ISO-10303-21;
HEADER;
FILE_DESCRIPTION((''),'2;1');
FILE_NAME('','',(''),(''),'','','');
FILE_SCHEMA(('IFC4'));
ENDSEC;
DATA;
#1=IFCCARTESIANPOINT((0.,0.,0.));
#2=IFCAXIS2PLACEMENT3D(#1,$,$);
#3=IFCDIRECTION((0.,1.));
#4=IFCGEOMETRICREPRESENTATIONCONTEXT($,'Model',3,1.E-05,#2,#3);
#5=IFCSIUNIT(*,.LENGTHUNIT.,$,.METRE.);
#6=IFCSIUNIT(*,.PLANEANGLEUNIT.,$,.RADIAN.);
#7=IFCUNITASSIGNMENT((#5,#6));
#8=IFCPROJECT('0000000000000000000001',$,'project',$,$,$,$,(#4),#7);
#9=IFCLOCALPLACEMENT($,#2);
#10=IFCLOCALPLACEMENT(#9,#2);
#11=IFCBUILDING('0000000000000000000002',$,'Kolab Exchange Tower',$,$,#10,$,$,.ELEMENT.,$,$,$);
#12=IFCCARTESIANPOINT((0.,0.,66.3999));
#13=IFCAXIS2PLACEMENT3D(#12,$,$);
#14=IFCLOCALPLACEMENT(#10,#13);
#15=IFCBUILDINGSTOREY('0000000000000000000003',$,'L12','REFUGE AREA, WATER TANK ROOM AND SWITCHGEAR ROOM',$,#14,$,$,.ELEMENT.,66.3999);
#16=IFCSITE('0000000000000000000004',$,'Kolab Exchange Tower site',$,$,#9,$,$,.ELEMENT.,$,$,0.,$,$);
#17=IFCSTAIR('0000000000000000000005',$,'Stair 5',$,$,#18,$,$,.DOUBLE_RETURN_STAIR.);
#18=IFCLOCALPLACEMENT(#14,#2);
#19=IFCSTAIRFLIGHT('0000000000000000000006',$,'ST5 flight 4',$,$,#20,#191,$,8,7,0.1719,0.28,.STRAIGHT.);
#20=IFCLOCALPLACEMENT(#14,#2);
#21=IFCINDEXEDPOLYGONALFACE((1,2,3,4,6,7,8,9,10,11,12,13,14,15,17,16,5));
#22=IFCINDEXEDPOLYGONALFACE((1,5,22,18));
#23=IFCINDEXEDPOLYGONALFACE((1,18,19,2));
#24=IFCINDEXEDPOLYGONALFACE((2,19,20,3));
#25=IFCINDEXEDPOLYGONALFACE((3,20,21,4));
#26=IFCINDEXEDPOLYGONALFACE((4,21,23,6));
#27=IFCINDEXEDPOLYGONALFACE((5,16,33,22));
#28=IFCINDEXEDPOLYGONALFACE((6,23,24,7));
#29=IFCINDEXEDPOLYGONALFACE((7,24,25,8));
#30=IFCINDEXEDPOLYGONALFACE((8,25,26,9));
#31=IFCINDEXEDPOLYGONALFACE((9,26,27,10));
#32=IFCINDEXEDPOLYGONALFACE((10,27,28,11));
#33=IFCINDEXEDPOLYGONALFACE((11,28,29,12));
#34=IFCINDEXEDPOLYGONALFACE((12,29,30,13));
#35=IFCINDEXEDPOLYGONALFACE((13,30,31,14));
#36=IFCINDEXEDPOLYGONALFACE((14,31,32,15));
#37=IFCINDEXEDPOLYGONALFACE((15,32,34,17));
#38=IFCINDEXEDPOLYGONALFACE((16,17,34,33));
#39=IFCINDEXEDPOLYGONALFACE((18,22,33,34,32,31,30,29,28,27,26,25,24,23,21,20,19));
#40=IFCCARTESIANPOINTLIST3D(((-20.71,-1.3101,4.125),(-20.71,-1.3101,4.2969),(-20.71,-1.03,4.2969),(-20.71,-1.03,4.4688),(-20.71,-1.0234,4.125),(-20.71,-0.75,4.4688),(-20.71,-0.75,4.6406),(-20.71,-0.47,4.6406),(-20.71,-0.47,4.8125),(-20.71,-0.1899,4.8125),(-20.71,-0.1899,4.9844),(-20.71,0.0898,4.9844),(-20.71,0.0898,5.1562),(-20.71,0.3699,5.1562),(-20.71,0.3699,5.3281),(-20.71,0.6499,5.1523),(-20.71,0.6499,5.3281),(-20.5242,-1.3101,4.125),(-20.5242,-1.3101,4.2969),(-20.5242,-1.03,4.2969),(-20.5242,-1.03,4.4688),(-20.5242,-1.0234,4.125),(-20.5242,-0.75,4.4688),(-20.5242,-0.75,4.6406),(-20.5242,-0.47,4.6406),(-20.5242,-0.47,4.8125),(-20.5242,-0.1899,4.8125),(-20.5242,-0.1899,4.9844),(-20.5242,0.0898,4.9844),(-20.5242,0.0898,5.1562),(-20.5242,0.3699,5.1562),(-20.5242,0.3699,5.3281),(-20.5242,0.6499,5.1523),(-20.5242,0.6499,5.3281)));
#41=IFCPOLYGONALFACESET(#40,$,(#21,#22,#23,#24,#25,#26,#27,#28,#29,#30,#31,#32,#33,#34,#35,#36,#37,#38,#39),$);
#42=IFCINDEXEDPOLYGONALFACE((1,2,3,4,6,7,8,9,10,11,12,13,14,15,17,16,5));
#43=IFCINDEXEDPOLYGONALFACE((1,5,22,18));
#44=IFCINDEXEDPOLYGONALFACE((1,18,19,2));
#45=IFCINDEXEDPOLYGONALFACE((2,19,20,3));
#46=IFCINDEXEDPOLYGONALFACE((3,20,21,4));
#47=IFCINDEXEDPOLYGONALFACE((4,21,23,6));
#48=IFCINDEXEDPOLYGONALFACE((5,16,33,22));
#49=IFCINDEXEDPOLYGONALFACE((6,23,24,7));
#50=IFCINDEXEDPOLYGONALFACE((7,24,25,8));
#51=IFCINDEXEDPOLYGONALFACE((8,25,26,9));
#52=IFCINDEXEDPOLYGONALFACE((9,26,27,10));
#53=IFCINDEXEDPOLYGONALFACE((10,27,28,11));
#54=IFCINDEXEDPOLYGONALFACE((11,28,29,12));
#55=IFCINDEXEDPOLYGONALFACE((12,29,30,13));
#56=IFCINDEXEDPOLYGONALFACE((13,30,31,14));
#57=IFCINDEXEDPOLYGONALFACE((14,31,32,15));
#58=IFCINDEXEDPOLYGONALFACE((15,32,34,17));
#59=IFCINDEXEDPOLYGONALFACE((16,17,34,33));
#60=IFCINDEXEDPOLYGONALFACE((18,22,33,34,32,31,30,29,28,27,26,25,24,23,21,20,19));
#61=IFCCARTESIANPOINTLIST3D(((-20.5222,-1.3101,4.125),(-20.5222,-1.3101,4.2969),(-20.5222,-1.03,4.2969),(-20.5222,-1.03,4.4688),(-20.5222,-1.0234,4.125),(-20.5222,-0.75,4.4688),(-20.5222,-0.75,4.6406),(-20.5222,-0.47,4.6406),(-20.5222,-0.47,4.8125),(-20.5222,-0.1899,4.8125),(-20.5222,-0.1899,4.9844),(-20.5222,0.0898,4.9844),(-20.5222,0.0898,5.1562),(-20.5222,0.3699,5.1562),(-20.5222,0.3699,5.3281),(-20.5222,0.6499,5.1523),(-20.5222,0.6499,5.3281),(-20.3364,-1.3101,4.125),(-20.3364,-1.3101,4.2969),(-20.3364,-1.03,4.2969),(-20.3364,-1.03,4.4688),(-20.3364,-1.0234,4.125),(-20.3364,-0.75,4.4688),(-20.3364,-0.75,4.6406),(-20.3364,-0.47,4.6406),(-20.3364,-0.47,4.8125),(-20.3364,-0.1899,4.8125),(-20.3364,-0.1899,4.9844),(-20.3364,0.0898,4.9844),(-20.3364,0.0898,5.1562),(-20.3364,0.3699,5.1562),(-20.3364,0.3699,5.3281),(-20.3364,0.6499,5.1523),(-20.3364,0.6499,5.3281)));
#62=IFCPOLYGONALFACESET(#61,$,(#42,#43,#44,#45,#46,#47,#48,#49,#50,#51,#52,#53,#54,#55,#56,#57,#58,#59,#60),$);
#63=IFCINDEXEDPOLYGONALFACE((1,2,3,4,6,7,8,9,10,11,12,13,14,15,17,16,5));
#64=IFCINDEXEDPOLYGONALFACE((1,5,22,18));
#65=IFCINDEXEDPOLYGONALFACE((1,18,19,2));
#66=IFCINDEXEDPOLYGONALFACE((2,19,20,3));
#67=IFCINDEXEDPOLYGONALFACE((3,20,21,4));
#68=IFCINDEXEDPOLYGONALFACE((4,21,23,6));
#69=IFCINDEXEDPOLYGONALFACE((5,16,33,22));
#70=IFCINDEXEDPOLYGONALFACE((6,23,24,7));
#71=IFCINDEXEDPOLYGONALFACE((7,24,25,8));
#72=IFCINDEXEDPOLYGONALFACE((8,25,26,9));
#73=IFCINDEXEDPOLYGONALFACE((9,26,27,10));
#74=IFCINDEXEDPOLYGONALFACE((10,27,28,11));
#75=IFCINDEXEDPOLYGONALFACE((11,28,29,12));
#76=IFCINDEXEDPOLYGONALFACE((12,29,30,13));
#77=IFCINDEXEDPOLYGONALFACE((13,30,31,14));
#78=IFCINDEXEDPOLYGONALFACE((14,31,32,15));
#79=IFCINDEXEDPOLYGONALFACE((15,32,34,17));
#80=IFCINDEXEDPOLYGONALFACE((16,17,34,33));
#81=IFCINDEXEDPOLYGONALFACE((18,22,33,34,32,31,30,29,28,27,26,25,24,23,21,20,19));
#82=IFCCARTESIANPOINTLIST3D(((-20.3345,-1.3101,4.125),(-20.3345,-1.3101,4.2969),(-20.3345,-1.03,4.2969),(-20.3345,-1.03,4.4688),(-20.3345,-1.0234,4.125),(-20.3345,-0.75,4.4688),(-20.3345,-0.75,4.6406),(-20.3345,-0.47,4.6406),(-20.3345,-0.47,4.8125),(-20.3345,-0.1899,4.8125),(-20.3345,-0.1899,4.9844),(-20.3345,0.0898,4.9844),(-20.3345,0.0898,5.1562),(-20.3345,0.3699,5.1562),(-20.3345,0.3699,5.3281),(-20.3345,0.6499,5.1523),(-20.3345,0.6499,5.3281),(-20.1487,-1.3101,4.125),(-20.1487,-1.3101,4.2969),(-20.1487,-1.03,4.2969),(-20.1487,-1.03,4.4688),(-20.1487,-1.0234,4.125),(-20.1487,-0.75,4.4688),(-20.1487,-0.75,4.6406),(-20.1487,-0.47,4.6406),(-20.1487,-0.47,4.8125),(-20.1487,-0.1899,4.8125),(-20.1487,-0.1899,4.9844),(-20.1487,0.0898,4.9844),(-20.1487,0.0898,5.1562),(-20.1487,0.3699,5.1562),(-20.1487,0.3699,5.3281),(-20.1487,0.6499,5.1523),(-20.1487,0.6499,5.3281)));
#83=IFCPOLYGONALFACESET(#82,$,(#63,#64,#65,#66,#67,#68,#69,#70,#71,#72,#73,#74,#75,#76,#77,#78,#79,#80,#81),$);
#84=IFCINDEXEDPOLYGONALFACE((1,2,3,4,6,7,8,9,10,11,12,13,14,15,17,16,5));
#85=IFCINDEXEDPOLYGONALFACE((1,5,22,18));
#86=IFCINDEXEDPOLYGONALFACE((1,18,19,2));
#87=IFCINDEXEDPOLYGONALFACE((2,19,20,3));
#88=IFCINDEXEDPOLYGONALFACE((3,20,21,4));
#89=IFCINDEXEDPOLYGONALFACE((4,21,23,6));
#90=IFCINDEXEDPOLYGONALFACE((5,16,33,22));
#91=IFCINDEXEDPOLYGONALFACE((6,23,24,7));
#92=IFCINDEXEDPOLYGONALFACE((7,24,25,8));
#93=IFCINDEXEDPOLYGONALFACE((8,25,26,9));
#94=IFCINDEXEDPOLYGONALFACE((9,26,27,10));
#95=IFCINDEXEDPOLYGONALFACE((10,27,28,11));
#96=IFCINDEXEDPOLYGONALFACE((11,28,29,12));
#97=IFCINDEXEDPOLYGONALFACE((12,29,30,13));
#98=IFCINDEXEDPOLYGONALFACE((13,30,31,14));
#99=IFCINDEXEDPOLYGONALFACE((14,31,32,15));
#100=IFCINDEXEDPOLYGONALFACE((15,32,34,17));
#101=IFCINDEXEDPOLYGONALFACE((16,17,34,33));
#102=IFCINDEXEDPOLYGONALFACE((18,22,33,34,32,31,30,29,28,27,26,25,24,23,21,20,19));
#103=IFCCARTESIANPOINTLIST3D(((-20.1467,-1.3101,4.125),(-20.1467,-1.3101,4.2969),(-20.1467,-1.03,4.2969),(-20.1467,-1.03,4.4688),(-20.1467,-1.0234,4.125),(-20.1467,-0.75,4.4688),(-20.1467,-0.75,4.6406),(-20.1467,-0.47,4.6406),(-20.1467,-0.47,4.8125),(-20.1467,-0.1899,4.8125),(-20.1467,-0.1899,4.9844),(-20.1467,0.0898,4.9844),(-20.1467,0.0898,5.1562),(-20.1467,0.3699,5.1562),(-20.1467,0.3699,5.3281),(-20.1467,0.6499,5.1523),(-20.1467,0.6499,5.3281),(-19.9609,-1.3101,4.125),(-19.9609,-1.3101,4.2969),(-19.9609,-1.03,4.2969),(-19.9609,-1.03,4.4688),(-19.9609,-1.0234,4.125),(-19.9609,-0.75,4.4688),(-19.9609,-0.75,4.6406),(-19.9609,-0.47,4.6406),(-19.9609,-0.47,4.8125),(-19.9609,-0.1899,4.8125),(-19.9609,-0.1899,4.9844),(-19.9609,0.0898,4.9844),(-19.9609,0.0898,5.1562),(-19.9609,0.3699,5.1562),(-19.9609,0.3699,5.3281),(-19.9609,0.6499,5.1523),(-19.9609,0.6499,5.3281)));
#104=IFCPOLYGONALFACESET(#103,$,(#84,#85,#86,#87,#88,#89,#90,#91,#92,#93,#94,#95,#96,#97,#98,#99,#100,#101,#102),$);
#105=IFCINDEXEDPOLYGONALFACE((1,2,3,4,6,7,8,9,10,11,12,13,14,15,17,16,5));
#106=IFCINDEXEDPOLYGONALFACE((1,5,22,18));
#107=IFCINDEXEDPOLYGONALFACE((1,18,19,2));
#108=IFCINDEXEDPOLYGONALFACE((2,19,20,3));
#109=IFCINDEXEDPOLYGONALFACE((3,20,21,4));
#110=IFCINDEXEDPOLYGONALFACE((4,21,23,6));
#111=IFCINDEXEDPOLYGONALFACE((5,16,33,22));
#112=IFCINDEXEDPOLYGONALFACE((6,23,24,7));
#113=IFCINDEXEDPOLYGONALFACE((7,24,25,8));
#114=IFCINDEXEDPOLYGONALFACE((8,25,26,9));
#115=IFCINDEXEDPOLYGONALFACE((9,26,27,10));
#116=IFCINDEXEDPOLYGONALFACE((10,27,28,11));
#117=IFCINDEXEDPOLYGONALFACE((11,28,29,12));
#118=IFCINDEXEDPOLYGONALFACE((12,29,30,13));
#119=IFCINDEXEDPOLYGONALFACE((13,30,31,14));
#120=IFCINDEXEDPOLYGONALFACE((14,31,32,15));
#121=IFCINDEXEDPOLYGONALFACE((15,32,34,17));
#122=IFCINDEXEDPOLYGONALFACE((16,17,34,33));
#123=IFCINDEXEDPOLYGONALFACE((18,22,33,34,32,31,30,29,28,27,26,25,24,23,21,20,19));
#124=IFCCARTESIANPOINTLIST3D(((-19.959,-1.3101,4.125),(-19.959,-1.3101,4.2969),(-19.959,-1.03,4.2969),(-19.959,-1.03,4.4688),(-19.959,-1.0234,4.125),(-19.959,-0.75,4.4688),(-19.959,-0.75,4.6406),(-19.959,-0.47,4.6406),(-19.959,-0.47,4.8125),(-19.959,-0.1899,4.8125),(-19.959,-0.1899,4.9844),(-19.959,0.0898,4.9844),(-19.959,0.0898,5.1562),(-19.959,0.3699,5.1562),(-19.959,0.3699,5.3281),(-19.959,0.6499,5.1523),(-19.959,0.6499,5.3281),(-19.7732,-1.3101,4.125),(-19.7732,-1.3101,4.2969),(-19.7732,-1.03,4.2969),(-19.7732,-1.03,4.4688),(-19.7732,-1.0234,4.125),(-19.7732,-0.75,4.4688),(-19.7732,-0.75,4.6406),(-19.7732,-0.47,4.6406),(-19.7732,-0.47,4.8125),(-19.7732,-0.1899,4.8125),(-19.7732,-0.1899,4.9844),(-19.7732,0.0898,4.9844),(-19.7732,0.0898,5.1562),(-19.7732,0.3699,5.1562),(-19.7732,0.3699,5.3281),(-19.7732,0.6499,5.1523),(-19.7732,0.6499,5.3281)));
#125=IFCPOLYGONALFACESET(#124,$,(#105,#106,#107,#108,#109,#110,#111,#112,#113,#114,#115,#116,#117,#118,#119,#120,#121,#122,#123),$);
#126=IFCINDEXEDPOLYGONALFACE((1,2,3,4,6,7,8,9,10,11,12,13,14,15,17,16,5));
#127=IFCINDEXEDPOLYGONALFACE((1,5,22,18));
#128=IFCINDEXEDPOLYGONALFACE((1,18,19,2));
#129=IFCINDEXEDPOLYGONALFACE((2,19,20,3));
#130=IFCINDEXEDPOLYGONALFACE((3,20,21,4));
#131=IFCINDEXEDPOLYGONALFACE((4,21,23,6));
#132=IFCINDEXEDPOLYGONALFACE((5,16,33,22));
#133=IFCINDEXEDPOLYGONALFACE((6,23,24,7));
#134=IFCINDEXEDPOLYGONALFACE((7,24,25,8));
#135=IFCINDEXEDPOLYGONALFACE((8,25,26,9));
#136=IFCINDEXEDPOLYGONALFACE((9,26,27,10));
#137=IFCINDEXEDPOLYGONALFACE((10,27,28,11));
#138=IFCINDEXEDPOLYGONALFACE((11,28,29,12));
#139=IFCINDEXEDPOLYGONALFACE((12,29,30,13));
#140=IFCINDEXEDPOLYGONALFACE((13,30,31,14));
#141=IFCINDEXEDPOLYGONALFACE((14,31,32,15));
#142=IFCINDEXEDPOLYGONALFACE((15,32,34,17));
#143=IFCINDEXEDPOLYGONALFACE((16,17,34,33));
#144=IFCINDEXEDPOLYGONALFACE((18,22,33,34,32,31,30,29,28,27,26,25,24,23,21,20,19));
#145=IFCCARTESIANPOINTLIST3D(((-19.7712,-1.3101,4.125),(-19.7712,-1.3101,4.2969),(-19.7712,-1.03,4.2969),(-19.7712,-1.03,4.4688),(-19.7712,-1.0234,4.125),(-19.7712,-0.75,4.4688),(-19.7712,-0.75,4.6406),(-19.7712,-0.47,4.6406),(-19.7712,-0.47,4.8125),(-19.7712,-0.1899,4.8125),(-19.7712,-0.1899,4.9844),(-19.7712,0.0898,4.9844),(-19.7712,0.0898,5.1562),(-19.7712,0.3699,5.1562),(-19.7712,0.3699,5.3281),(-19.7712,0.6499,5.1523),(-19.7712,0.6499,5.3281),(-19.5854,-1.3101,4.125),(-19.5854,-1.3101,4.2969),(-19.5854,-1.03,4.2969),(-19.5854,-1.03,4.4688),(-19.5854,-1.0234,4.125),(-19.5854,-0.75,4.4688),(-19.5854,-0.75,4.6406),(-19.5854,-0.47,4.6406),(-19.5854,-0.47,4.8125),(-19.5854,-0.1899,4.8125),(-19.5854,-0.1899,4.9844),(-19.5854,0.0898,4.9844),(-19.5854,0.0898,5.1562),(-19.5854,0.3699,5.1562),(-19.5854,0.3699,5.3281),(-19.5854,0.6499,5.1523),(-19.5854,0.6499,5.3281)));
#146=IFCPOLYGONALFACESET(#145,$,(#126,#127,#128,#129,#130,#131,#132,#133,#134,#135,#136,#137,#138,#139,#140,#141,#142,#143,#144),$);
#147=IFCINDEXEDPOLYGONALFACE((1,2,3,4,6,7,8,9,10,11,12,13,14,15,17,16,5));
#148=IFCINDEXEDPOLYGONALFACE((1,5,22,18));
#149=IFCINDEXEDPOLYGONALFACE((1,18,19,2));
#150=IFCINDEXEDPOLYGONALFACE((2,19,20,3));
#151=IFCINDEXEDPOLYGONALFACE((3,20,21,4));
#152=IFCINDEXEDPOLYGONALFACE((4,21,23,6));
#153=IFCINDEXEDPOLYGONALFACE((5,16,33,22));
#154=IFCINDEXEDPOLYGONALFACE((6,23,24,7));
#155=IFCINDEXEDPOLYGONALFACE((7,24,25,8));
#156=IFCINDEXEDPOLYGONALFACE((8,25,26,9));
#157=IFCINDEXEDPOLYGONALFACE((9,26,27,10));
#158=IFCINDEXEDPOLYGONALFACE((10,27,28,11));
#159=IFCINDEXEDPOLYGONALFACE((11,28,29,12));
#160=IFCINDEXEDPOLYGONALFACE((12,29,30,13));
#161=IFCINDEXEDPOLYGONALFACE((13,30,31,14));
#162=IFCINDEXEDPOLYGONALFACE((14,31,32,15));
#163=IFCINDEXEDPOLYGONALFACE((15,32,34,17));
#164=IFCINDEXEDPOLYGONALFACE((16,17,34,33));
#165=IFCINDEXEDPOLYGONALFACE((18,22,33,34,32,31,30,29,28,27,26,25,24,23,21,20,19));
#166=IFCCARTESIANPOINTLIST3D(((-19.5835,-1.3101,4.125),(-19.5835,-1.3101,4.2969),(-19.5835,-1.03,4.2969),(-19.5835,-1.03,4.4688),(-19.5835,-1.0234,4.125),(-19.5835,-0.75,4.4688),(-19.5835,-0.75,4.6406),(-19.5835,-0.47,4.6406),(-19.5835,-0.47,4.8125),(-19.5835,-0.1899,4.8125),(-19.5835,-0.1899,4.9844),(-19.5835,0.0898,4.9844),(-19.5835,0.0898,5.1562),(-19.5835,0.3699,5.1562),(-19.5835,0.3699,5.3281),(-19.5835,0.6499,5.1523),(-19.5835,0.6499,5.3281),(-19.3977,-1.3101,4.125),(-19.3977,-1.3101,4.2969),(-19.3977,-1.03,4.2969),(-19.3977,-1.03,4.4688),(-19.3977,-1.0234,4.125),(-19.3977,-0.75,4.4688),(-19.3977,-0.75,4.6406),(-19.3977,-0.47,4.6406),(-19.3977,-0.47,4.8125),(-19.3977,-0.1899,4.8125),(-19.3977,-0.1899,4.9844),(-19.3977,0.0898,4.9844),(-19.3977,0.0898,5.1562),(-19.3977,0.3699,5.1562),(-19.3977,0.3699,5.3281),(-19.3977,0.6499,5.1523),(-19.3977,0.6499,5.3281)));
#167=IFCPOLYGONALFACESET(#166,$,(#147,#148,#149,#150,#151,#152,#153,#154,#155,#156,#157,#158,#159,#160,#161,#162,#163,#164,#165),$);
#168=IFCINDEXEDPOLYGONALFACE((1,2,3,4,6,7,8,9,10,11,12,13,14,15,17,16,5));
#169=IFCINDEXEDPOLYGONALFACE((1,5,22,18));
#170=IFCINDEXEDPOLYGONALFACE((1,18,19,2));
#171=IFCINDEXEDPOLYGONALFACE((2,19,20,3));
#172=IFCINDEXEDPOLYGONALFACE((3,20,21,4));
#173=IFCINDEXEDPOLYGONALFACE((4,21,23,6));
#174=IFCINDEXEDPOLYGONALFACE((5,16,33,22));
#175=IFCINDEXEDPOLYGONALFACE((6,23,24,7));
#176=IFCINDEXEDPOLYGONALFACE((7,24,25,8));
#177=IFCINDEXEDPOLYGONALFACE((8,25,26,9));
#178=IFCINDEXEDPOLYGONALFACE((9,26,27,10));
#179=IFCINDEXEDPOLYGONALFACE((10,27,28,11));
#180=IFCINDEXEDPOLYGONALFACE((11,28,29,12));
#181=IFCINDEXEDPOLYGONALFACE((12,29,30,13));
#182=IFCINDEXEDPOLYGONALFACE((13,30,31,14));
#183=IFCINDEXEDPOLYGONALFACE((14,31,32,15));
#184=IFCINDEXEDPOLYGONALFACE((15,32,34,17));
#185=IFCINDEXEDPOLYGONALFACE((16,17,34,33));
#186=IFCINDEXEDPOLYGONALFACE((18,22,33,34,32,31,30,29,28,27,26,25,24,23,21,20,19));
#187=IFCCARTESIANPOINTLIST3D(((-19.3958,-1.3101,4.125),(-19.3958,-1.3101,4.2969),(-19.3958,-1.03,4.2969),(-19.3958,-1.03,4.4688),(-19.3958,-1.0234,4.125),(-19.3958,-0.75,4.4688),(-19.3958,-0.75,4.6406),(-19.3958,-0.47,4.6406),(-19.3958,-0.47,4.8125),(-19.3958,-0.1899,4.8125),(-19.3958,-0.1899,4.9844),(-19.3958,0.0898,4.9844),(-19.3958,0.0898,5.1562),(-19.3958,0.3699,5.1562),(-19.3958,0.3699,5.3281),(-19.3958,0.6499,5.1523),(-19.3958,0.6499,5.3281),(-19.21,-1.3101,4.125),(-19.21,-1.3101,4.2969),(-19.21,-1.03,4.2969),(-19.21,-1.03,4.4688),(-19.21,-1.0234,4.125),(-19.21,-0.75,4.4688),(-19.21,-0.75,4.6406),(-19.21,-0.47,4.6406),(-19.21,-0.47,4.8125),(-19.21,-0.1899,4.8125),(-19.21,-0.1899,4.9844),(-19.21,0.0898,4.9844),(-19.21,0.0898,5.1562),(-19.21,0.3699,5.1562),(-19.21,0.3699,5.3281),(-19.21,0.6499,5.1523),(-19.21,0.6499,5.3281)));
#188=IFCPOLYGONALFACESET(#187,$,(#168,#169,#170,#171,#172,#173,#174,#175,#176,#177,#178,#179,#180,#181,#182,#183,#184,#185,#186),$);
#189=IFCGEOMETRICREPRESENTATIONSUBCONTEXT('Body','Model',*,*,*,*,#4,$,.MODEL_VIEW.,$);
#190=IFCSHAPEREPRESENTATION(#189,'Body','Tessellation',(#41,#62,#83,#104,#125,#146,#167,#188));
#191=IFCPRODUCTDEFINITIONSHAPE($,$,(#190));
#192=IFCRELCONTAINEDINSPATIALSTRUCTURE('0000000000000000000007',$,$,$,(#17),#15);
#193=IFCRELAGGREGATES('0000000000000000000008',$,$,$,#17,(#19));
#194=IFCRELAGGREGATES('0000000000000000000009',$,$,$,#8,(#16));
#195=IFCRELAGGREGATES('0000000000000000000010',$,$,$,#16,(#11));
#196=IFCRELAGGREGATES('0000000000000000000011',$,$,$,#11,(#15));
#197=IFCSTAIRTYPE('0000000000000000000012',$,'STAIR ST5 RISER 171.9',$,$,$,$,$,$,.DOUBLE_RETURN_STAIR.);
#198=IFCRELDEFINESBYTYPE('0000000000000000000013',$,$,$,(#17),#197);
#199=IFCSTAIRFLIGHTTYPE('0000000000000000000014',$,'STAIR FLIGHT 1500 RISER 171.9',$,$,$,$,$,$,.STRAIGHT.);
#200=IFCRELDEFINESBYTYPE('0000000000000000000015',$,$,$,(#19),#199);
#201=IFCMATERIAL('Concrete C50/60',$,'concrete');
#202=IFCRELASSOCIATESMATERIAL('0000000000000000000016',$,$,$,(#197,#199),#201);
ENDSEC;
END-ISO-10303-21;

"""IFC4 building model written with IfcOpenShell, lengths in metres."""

from ifc_helpers import new_model, si_unit, direction, frame, origin, place, context, subcontext, project, spatial, polyline, outline, extrude, material, type_object, element, aggregate, save


model = new_model("IFC4")

# Units and contexts
model_context = context("Model", 3, precision=1e-05, world=origin(), true_north=direction((0.0, 1.0)))
body_context = subcontext(model_context, "Body", "Model", "MODEL_VIEW")
ifc_project = project(units=[si_unit("LENGTHUNIT", "METRE"), si_unit("PLANEANGLEUNIT", "RADIAN")], contexts=[model_context])

# Site, building, storey
site_placement = place(None, origin())
site = spatial("IfcSite", under=ifc_project, at=site_placement, Name="Kolab Exchange Tower site", CompositionType="ELEMENT", RefElevation=0.0)
building_placement = place(site_placement, origin())
building = spatial("IfcBuilding", under=site, at=building_placement, Name="Kolab Exchange Tower", CompositionType="ELEMENT")
storey_placement = place(building_placement, frame((0.0, 0.0, 66.3999)))
storey = spatial("IfcBuildingStorey", under=building, at=storey_placement, Name="L12", Description="REFUGE AREA, WATER TANK ROOM AND SWITCHGEAR ROOM", CompositionType="ELEMENT", Elevation=66.3999)

# Shared definitions
ifc_material_1 = material(Name="Concrete C50/60", Category="concrete")

# Stair, stair flight
stair_type = type_object("IfcStairType", Name="STAIR ST5 RISER 171.9", PredefinedType="DOUBLE_RETURN_STAIR", material=ifc_material_1)
stair_placement = place(storey_placement, origin())
stair = element("IfcStair", 1, at=stair_placement, inside=storey, type_object=stair_type, Name="Stair 5", PredefinedType="DOUBLE_RETURN_STAIR")
stair_flight_type = type_object("IfcStairFlightType", Name="STAIR FLIGHT 1500 RISER 171.9", PredefinedType="STRAIGHT", material=ifc_material_1)
stair_flight_1_placement = place(storey_placement, frame((-19.96, -1.3101, 4.125), z_axis=(0.0, 0.0, 1.0), x_axis=(0.0, 1.0, 0.0)))
stair_flight_1 = element("IfcStairFlight", 2, at=stair_flight_1_placement, type_object=stair_flight_type, Name="ST5 flight 4", NumberOfRisers=8, NumberOfTreads=7, PredefinedType="STRAIGHT", RiserHeight=0.1719, TreadLength=0.28, context=body_context, shape_type="SweptSolid", body=[
    extrude(outline(polyline([(0.0, 0.0), (0.0, 0.1719), (0.28, 0.1719), (0.28, 0.3438), (0.5601, 0.3438), (0.5601, 0.5156), (0.8401, 0.5156), (0.8401, 0.6875), (1.1201, 0.6875), (1.1201, 0.8594), (1.3999, 0.8594), (1.3999, 1.0312), (1.6799, 1.0312), (1.6799, 1.2031), (1.96, 1.2031), (1.96, 1.375), (1.96, 1.0273), (0.2866, 0.0), (0.0, 0.0)])), frame((0.0, 0.75, 0.0), z_axis=(0.0, -1.0, 0.0), x_axis=(1.0, 0.0, 0.0)), (0.0, 0.0, 1.0), 0.1858),
    extrude(outline(polyline([(0.0, 0.0), (0.0, 0.1719), (0.28, 0.1719), (0.28, 0.3438), (0.5601, 0.3438), (0.5601, 0.5156), (0.8401, 0.5156), (0.8401, 0.6875), (1.1201, 0.6875), (1.1201, 0.8594), (1.3999, 0.8594), (1.3999, 1.0312), (1.6799, 1.0312), (1.6799, 1.2031), (1.96, 1.2031), (1.96, 1.375), (1.96, 1.0273), (0.2866, 0.0), (0.0, 0.0)])), frame((0.0, 0.5623, 0.0), z_axis=(0.0, -1.0, 0.0), x_axis=(1.0, 0.0, 0.0)), (0.0, 0.0, 1.0), 0.1858),
    extrude(outline(polyline([(0.0, 0.0), (0.0, 0.1719), (0.28, 0.1719), (0.28, 0.3438), (0.5601, 0.3438), (0.5601, 0.5156), (0.8401, 0.5156), (0.8401, 0.6875), (1.1201, 0.6875), (1.1201, 0.8594), (1.3999, 0.8594), (1.3999, 1.0312), (1.6799, 1.0312), (1.6799, 1.2031), (1.96, 1.2031), (1.96, 1.375), (1.96, 1.0273), (0.2866, 0.0), (0.0, 0.0)])), frame((0.0, 0.3745, 0.0), z_axis=(0.0, -1.0, 0.0), x_axis=(1.0, 0.0, 0.0)), (0.0, 0.0, 1.0), 0.1858),
    extrude(outline(polyline([(0.0, 0.0), (0.0, 0.1719), (0.28, 0.1719), (0.28, 0.3438), (0.5601, 0.3438), (0.5601, 0.5156), (0.8401, 0.5156), (0.8401, 0.6875), (1.1201, 0.6875), (1.1201, 0.8594), (1.3999, 0.8594), (1.3999, 1.0312), (1.6799, 1.0312), (1.6799, 1.2031), (1.96, 1.2031), (1.96, 1.375), (1.96, 1.0273), (0.2866, 0.0), (0.0, 0.0)])), frame((0.0, 0.1868, 0.0), z_axis=(0.0, -1.0, 0.0), x_axis=(1.0, 0.0, 0.0)), (0.0, 0.0, 1.0), 0.1858),
    extrude(outline(polyline([(0.0, 0.0), (0.0, 0.1719), (0.28, 0.1719), (0.28, 0.3438), (0.5601, 0.3438), (0.5601, 0.5156), (0.8401, 0.5156), (0.8401, 0.6875), (1.1201, 0.6875), (1.1201, 0.8594), (1.3999, 0.8594), (1.3999, 1.0312), (1.6799, 1.0312), (1.6799, 1.2031), (1.96, 1.2031), (1.96, 1.375), (1.96, 1.0273), (0.2866, 0.0), (0.0, 0.0)])), frame((0.0, -0.001, 0.0), z_axis=(0.0, -1.0, 0.0), x_axis=(1.0, 0.0, 0.0)), (0.0, 0.0, 1.0), 0.1858),
    extrude(outline(polyline([(0.0, 0.0), (0.0, 0.1719), (0.28, 0.1719), (0.28, 0.3438), (0.5601, 0.3438), (0.5601, 0.5156), (0.8401, 0.5156), (0.8401, 0.6875), (1.1201, 0.6875), (1.1201, 0.8594), (1.3999, 0.8594), (1.3999, 1.0312), (1.6799, 1.0312), (1.6799, 1.2031), (1.96, 1.2031), (1.96, 1.375), (1.96, 1.0273), (0.2866, 0.0), (0.0, 0.0)])), frame((0.0, -0.1887, 0.0), z_axis=(0.0, -1.0, 0.0), x_axis=(1.0, 0.0, 0.0)), (0.0, 0.0, 1.0), 0.1858),
    extrude(outline(polyline([(0.0, 0.0), (0.0, 0.1719), (0.28, 0.1719), (0.28, 0.3438), (0.5601, 0.3438), (0.5601, 0.5156), (0.8401, 0.5156), (0.8401, 0.6875), (1.1201, 0.6875), (1.1201, 0.8594), (1.3999, 0.8594), (1.3999, 1.0312), (1.6799, 1.0312), (1.6799, 1.2031), (1.96, 1.2031), (1.96, 1.375), (1.96, 1.0273), (0.2866, 0.0), (0.0, 0.0)])), frame((0.0, -0.3765, 0.0), z_axis=(0.0, -1.0, 0.0), x_axis=(1.0, 0.0, 0.0)), (0.0, 0.0, 1.0), 0.1858),
    extrude(outline(polyline([(0.0, 0.0), (0.0, 0.1719), (0.28, 0.1719), (0.28, 0.3438), (0.5601, 0.3438), (0.5601, 0.5156), (0.8401, 0.5156), (0.8401, 0.6875), (1.1201, 0.6875), (1.1201, 0.8594), (1.3999, 0.8594), (1.3999, 1.0312), (1.6799, 1.0312), (1.6799, 1.2031), (1.96, 1.2031), (1.96, 1.375), (1.96, 1.0273), (0.2866, 0.0), (0.0, 0.0)])), frame((0.0, -0.5642, 0.0), z_axis=(0.0, -1.0, 0.0), x_axis=(1.0, 0.0, 0.0)), (0.0, 0.0, 1.0), 0.1858),
])
aggregate(stair, [stair_flight_1])

save(model, "model.ifc")
